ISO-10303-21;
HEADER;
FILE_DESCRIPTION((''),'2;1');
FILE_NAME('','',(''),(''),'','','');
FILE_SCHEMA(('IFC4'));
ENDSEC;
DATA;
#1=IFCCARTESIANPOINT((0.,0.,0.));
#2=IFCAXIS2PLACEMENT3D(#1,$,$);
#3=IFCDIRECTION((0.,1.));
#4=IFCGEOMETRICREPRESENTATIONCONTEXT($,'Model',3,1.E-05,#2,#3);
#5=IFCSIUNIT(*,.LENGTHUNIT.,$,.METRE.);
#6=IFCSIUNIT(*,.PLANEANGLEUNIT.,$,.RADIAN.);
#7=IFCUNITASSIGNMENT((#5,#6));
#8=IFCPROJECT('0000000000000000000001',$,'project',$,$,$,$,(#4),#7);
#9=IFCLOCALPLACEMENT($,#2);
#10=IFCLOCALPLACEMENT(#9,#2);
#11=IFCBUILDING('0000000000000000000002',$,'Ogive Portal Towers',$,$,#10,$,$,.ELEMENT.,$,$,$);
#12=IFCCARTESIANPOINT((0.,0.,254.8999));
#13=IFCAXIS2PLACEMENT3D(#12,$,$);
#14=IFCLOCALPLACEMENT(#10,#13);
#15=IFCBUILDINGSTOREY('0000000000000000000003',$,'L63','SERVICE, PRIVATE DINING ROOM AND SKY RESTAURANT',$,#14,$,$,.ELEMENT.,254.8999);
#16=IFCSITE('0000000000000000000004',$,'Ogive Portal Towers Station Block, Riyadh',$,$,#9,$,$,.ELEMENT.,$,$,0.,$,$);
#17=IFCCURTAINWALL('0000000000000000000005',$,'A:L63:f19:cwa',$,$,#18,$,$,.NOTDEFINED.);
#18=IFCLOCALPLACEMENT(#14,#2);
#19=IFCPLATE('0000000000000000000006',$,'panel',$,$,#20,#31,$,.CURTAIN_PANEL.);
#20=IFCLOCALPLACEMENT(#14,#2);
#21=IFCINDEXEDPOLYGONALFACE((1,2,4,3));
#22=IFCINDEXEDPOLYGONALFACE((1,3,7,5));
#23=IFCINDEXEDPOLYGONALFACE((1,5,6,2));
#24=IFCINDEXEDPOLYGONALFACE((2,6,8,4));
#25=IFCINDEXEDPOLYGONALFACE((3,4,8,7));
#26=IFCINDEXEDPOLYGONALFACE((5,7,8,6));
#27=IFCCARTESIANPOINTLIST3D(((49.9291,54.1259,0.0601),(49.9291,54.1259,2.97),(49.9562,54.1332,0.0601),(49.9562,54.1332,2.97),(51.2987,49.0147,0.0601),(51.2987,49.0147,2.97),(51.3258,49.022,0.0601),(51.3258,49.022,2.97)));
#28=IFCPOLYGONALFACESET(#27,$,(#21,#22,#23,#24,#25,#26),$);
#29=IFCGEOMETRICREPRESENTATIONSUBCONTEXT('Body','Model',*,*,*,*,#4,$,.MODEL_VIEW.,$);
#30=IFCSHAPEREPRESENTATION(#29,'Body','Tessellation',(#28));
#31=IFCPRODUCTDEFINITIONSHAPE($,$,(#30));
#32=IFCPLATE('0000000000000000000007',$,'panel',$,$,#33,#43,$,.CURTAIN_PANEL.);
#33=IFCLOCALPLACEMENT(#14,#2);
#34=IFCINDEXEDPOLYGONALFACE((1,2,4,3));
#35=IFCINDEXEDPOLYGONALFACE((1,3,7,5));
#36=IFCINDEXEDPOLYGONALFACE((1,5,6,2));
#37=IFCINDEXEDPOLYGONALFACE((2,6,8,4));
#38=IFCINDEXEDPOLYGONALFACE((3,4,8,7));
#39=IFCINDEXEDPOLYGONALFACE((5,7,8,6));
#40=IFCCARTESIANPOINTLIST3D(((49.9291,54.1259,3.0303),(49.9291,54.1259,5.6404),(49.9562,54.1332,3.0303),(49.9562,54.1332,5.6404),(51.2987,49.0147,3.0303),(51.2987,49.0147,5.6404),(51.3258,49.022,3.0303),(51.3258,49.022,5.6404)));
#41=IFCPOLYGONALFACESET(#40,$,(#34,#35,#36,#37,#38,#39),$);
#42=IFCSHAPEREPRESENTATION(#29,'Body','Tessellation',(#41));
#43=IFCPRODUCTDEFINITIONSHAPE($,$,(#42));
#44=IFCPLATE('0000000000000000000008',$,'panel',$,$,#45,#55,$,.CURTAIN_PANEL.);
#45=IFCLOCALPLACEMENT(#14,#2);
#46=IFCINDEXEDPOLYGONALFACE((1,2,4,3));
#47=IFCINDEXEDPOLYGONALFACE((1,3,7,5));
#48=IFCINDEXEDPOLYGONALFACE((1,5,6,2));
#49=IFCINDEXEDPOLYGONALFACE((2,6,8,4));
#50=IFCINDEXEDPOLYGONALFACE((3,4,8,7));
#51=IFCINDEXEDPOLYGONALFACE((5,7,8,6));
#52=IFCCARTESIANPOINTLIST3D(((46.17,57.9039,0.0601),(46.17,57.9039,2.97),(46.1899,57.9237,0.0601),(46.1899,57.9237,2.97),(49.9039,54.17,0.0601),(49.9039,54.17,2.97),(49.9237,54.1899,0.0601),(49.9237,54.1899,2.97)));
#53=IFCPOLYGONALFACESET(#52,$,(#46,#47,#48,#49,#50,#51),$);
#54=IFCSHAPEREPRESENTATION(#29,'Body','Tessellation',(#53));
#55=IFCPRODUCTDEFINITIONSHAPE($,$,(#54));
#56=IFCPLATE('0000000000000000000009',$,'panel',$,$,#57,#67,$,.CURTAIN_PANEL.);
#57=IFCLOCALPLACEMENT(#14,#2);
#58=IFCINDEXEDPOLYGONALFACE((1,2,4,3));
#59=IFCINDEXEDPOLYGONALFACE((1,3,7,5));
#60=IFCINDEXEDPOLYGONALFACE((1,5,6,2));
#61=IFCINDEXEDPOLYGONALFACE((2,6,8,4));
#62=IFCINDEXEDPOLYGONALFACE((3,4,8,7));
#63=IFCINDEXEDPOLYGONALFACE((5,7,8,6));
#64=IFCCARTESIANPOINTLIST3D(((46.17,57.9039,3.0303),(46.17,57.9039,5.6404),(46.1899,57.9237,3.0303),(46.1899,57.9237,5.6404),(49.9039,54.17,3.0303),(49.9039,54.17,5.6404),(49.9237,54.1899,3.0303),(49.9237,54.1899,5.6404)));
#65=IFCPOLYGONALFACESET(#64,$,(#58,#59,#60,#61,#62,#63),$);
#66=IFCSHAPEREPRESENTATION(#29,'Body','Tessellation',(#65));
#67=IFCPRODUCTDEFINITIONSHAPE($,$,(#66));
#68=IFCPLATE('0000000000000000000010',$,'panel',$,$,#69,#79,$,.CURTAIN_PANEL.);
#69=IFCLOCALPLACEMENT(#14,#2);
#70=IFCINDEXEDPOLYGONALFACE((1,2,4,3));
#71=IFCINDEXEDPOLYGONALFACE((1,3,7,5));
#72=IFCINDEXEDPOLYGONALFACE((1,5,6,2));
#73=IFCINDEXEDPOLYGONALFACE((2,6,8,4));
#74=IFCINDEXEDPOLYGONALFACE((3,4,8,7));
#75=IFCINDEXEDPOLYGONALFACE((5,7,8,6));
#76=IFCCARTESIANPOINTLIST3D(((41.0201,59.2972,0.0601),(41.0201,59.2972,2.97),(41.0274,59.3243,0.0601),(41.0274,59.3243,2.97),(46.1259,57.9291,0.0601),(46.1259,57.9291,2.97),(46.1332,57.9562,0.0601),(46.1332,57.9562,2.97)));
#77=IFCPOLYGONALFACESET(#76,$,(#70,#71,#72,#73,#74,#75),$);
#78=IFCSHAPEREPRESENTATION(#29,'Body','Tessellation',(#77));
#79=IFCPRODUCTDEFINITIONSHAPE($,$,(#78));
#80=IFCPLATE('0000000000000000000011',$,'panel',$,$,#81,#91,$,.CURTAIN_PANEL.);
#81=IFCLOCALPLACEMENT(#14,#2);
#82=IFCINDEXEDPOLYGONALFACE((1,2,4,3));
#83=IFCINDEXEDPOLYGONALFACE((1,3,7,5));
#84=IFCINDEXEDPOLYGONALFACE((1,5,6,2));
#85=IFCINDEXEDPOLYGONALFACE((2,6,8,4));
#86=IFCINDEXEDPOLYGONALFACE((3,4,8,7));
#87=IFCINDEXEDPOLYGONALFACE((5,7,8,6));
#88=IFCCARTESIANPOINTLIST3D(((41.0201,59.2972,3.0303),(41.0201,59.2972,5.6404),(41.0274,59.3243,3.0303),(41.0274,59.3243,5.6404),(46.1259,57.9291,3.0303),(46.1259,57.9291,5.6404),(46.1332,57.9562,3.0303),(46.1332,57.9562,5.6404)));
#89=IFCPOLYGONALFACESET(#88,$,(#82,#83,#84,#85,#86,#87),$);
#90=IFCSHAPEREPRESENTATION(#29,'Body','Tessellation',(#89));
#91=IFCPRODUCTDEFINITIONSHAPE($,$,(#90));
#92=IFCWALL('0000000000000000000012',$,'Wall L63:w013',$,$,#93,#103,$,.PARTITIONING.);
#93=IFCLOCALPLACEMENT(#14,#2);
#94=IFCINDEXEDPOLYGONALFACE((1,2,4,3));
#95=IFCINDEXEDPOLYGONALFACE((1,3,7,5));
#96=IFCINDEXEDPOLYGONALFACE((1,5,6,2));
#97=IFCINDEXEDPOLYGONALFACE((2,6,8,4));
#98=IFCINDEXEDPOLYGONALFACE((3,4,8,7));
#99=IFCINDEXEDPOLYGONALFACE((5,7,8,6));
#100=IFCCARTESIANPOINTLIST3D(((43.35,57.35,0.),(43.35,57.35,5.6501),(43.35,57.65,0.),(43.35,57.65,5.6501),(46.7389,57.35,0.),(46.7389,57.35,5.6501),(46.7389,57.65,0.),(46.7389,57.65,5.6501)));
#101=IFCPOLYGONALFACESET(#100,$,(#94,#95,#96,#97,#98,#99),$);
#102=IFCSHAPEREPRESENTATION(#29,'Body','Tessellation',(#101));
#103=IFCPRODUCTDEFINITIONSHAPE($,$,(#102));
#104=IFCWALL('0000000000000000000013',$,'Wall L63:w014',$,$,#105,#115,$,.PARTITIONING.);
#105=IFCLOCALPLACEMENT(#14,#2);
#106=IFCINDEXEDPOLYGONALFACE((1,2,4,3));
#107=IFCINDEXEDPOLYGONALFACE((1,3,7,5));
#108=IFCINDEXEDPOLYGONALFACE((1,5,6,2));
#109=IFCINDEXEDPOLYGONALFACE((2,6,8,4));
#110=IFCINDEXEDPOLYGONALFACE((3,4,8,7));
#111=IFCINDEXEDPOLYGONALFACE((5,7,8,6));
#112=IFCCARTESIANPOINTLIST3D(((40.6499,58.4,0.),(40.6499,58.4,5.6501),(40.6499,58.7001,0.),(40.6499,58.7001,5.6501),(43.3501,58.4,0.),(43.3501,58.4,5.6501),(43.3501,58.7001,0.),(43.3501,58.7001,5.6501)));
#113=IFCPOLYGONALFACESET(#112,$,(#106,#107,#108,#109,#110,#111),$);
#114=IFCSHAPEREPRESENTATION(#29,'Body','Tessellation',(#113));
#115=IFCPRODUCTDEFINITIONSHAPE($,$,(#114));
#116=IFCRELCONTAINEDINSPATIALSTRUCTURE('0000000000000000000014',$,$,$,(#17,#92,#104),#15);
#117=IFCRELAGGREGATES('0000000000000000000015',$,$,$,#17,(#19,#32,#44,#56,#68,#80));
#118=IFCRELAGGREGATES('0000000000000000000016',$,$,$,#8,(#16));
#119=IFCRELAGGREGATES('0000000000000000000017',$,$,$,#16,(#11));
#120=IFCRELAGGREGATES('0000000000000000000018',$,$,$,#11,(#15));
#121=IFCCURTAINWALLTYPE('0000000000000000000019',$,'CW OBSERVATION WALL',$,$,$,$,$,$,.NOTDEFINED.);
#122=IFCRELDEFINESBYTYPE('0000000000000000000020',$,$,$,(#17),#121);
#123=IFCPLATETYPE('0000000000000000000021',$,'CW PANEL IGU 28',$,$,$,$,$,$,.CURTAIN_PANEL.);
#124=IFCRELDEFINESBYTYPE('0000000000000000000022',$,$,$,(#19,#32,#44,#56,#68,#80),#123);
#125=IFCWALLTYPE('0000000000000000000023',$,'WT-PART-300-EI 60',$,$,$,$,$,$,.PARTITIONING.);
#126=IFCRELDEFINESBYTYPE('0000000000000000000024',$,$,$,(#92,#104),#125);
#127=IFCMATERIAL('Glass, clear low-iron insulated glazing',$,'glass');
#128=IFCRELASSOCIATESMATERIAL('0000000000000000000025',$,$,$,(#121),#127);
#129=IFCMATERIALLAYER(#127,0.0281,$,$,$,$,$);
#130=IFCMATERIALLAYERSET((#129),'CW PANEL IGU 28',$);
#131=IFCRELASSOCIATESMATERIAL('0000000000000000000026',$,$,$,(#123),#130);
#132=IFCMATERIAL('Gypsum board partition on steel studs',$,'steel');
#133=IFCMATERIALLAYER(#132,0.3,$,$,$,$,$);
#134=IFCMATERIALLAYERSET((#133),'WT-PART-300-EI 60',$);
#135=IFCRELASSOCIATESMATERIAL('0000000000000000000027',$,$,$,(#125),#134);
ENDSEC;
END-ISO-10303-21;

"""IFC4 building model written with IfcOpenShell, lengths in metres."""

from ifc_helpers import new_model, si_unit, direction, frame, frame_2d, origin, origin_2d, place, context, subcontext, project, spatial, rectangle, extrude, material, layer, layer_set, type_object, element, aggregate, save


model = new_model("IFC4")

# Units and contexts
model_context = context("Model", 3, precision=1e-05, world=origin(), true_north=direction((0.0, 1.0)))
body_context = subcontext(model_context, "Body", "Model", "MODEL_VIEW")
ifc_project = project(units=[si_unit("LENGTHUNIT", "METRE"), si_unit("PLANEANGLEUNIT", "RADIAN")], contexts=[model_context])

# Site, building, storey
site_placement = place(None, origin())
site = spatial("IfcSite", under=ifc_project, at=site_placement, Name="Ogive Portal Towers Station Block, Riyadh", CompositionType="ELEMENT", RefElevation=0.0)
building_placement = place(site_placement, origin())
building = spatial("IfcBuilding", under=site, at=building_placement, Name="Ogive Portal Towers", CompositionType="ELEMENT")
storey_placement = place(building_placement, frame((0.0, 0.0, 254.8999)))
storey = spatial("IfcBuildingStorey", under=building, at=storey_placement, Name="L63", Description="SERVICE, PRIVATE DINING ROOM AND SKY RESTAURANT", CompositionType="ELEMENT", Elevation=254.8999)

# Curtain wall, plates
ifc_material_1 = material(Name="Glass, clear low-iron insulated glazing", Category="glass")
curtain_wall_type = type_object("IfcCurtainWallType", Name="CW OBSERVATION WALL", PredefinedType="NOTDEFINED", material=ifc_material_1)
curtain_wall_placement = place(storey_placement, origin())
curtain_wall = element("IfcCurtainWall", 1, at=curtain_wall_placement, inside=storey, type_object=curtain_wall_type, Name="A:L63:f19:cwa", PredefinedType="NOTDEFINED")
ifc_layer_1 = layer(ifc_material_1, 0.0281)
ifc_layer_set_1 = layer_set([ifc_layer_1], Name="CW PANEL IGU 28")
plate_type = type_object("IfcPlateType", Name="CW PANEL IGU 28", PredefinedType="CURTAIN_PANEL", material=ifc_layer_set_1)
plate_1_placement = place(storey_placement, frame((50.6274, 51.574, 0.0601), z_axis=(0.0, 0.0, 1.0), x_axis=(-0.258819, 0.965926, 0.0)))
plate_1 = element("IfcPlate", 2, at=plate_1_placement, type_object=plate_type, Name="panel", PredefinedType="CURTAIN_PANEL", context=body_context, shape_type="SweptSolid", body=[
    extrude(rectangle(XDim=5.2915, YDim=0.0281, at=origin_2d()), origin(), (0.0, 0.0, 1.0), 2.9099),
])
plate_2_placement = place(storey_placement, frame((50.6274, 51.574, 3.0303), z_axis=(0.0, 0.0, 1.0), x_axis=(-0.258819, 0.965926, 0.0)))
plate_2 = element("IfcPlate", 3, at=plate_2_placement, type_object=plate_type, Name="panel", PredefinedType="CURTAIN_PANEL", context=body_context, shape_type="SweptSolid", body=[
    extrude(rectangle(XDim=5.2915, YDim=0.0281, at=origin_2d()), origin(), (0.0, 0.0, 1.0), 2.6101),
])
plate_3_placement = place(storey_placement, frame((48.0469, 56.0469, 0.0601), z_axis=(0.0, 0.0, 1.0), x_axis=(-0.707107, 0.707107, 0.0)))
plate_3 = element("IfcPlate", 4, at=plate_3_placement, type_object=plate_type, Name="panel", PredefinedType="CURTAIN_PANEL", context=body_context, shape_type="SweptSolid", body=[
    extrude(rectangle(XDim=5.2805, YDim=0.0281, at=origin_2d()), origin(), (0.0, 0.0, 1.0), 2.9099),
])
plate_4_placement = place(storey_placement, frame((48.0469, 56.0469, 3.0303), z_axis=(0.0, 0.0, 1.0), x_axis=(-0.707107, 0.707107, 0.0)))
plate_4 = element("IfcPlate", 5, at=plate_4_placement, type_object=plate_type, Name="panel", PredefinedType="CURTAIN_PANEL", context=body_context, shape_type="SweptSolid", body=[
    extrude(rectangle(XDim=5.2805, YDim=0.0281, at=origin_2d()), origin(), (0.0, 0.0, 1.0), 2.6101),
])
plate_5_placement = place(storey_placement, frame((43.5767, 58.6267, 0.0601), z_axis=(0.0, 0.0, 1.0), x_axis=(-0.965926, 0.258819, 0.0)))
plate_5 = element("IfcPlate", 6, at=plate_5_placement, type_object=plate_type, Name="panel", PredefinedType="CURTAIN_PANEL", context=body_context, shape_type="SweptSolid", body=[
    extrude(rectangle(XDim=5.2859, YDim=0.0281, at=origin_2d()), origin(), (0.0, 0.0, 1.0), 2.9099),
])
plate_6_placement = place(storey_placement, frame((43.5767, 58.6267, 3.0303), z_axis=(0.0, 0.0, 1.0), x_axis=(-0.965926, 0.258819, 0.0)))
plate_6 = element("IfcPlate", 7, at=plate_6_placement, type_object=plate_type, Name="panel", PredefinedType="CURTAIN_PANEL", context=body_context, shape_type="SweptSolid", body=[
    extrude(rectangle(XDim=5.2859, YDim=0.0281, at=origin_2d()), origin(), (0.0, 0.0, 1.0), 2.6101),
])
aggregate(curtain_wall, [plate_1, plate_2, plate_3, plate_4, plate_5, plate_6])

# Walls
ifc_material_2 = material(Name="Gypsum board partition on steel studs", Category="steel")
ifc_layer_2 = layer(ifc_material_2, 0.3)
ifc_layer_set_2 = layer_set([ifc_layer_2], Name="WT-PART-300-EI 60")
wall_type = type_object("IfcWallType", Name="WT-PART-300-EI 60", PredefinedType="PARTITIONING", material=ifc_layer_set_2)
wall_1_placement = place(storey_placement, frame((43.3501, 57.5, 0.0), z_axis=(0.0, 0.0, 1.0), x_axis=(1.0, 0.0, 0.0)))
element("IfcWall", 8, at=wall_1_placement, inside=storey, type_object=wall_type, Name="Wall L63:w013", PredefinedType="PARTITIONING", context=body_context, shape_type="SweptSolid", body=[
    extrude(rectangle(XDim=3.3889, YDim=0.3, at=frame_2d((1.6943, 0.0))), origin(), (0.0, 0.0, 1.0), 5.6501),
])
wall_2_placement = place(storey_placement, frame((40.6499, 58.55, 0.0), z_axis=(0.0, 0.0, 1.0), x_axis=(1.0, 0.0, 0.0)))
element("IfcWall", 9, at=wall_2_placement, inside=storey, type_object=wall_type, Name="Wall L63:w014", PredefinedType="PARTITIONING", context=body_context, shape_type="SweptSolid", body=[
    extrude(rectangle(XDim=2.7002, YDim=0.3, at=frame_2d((1.3501, 0.0))), origin(), (0.0, 0.0, 1.0), 5.6501),
])

save(model, "model.ifc")
